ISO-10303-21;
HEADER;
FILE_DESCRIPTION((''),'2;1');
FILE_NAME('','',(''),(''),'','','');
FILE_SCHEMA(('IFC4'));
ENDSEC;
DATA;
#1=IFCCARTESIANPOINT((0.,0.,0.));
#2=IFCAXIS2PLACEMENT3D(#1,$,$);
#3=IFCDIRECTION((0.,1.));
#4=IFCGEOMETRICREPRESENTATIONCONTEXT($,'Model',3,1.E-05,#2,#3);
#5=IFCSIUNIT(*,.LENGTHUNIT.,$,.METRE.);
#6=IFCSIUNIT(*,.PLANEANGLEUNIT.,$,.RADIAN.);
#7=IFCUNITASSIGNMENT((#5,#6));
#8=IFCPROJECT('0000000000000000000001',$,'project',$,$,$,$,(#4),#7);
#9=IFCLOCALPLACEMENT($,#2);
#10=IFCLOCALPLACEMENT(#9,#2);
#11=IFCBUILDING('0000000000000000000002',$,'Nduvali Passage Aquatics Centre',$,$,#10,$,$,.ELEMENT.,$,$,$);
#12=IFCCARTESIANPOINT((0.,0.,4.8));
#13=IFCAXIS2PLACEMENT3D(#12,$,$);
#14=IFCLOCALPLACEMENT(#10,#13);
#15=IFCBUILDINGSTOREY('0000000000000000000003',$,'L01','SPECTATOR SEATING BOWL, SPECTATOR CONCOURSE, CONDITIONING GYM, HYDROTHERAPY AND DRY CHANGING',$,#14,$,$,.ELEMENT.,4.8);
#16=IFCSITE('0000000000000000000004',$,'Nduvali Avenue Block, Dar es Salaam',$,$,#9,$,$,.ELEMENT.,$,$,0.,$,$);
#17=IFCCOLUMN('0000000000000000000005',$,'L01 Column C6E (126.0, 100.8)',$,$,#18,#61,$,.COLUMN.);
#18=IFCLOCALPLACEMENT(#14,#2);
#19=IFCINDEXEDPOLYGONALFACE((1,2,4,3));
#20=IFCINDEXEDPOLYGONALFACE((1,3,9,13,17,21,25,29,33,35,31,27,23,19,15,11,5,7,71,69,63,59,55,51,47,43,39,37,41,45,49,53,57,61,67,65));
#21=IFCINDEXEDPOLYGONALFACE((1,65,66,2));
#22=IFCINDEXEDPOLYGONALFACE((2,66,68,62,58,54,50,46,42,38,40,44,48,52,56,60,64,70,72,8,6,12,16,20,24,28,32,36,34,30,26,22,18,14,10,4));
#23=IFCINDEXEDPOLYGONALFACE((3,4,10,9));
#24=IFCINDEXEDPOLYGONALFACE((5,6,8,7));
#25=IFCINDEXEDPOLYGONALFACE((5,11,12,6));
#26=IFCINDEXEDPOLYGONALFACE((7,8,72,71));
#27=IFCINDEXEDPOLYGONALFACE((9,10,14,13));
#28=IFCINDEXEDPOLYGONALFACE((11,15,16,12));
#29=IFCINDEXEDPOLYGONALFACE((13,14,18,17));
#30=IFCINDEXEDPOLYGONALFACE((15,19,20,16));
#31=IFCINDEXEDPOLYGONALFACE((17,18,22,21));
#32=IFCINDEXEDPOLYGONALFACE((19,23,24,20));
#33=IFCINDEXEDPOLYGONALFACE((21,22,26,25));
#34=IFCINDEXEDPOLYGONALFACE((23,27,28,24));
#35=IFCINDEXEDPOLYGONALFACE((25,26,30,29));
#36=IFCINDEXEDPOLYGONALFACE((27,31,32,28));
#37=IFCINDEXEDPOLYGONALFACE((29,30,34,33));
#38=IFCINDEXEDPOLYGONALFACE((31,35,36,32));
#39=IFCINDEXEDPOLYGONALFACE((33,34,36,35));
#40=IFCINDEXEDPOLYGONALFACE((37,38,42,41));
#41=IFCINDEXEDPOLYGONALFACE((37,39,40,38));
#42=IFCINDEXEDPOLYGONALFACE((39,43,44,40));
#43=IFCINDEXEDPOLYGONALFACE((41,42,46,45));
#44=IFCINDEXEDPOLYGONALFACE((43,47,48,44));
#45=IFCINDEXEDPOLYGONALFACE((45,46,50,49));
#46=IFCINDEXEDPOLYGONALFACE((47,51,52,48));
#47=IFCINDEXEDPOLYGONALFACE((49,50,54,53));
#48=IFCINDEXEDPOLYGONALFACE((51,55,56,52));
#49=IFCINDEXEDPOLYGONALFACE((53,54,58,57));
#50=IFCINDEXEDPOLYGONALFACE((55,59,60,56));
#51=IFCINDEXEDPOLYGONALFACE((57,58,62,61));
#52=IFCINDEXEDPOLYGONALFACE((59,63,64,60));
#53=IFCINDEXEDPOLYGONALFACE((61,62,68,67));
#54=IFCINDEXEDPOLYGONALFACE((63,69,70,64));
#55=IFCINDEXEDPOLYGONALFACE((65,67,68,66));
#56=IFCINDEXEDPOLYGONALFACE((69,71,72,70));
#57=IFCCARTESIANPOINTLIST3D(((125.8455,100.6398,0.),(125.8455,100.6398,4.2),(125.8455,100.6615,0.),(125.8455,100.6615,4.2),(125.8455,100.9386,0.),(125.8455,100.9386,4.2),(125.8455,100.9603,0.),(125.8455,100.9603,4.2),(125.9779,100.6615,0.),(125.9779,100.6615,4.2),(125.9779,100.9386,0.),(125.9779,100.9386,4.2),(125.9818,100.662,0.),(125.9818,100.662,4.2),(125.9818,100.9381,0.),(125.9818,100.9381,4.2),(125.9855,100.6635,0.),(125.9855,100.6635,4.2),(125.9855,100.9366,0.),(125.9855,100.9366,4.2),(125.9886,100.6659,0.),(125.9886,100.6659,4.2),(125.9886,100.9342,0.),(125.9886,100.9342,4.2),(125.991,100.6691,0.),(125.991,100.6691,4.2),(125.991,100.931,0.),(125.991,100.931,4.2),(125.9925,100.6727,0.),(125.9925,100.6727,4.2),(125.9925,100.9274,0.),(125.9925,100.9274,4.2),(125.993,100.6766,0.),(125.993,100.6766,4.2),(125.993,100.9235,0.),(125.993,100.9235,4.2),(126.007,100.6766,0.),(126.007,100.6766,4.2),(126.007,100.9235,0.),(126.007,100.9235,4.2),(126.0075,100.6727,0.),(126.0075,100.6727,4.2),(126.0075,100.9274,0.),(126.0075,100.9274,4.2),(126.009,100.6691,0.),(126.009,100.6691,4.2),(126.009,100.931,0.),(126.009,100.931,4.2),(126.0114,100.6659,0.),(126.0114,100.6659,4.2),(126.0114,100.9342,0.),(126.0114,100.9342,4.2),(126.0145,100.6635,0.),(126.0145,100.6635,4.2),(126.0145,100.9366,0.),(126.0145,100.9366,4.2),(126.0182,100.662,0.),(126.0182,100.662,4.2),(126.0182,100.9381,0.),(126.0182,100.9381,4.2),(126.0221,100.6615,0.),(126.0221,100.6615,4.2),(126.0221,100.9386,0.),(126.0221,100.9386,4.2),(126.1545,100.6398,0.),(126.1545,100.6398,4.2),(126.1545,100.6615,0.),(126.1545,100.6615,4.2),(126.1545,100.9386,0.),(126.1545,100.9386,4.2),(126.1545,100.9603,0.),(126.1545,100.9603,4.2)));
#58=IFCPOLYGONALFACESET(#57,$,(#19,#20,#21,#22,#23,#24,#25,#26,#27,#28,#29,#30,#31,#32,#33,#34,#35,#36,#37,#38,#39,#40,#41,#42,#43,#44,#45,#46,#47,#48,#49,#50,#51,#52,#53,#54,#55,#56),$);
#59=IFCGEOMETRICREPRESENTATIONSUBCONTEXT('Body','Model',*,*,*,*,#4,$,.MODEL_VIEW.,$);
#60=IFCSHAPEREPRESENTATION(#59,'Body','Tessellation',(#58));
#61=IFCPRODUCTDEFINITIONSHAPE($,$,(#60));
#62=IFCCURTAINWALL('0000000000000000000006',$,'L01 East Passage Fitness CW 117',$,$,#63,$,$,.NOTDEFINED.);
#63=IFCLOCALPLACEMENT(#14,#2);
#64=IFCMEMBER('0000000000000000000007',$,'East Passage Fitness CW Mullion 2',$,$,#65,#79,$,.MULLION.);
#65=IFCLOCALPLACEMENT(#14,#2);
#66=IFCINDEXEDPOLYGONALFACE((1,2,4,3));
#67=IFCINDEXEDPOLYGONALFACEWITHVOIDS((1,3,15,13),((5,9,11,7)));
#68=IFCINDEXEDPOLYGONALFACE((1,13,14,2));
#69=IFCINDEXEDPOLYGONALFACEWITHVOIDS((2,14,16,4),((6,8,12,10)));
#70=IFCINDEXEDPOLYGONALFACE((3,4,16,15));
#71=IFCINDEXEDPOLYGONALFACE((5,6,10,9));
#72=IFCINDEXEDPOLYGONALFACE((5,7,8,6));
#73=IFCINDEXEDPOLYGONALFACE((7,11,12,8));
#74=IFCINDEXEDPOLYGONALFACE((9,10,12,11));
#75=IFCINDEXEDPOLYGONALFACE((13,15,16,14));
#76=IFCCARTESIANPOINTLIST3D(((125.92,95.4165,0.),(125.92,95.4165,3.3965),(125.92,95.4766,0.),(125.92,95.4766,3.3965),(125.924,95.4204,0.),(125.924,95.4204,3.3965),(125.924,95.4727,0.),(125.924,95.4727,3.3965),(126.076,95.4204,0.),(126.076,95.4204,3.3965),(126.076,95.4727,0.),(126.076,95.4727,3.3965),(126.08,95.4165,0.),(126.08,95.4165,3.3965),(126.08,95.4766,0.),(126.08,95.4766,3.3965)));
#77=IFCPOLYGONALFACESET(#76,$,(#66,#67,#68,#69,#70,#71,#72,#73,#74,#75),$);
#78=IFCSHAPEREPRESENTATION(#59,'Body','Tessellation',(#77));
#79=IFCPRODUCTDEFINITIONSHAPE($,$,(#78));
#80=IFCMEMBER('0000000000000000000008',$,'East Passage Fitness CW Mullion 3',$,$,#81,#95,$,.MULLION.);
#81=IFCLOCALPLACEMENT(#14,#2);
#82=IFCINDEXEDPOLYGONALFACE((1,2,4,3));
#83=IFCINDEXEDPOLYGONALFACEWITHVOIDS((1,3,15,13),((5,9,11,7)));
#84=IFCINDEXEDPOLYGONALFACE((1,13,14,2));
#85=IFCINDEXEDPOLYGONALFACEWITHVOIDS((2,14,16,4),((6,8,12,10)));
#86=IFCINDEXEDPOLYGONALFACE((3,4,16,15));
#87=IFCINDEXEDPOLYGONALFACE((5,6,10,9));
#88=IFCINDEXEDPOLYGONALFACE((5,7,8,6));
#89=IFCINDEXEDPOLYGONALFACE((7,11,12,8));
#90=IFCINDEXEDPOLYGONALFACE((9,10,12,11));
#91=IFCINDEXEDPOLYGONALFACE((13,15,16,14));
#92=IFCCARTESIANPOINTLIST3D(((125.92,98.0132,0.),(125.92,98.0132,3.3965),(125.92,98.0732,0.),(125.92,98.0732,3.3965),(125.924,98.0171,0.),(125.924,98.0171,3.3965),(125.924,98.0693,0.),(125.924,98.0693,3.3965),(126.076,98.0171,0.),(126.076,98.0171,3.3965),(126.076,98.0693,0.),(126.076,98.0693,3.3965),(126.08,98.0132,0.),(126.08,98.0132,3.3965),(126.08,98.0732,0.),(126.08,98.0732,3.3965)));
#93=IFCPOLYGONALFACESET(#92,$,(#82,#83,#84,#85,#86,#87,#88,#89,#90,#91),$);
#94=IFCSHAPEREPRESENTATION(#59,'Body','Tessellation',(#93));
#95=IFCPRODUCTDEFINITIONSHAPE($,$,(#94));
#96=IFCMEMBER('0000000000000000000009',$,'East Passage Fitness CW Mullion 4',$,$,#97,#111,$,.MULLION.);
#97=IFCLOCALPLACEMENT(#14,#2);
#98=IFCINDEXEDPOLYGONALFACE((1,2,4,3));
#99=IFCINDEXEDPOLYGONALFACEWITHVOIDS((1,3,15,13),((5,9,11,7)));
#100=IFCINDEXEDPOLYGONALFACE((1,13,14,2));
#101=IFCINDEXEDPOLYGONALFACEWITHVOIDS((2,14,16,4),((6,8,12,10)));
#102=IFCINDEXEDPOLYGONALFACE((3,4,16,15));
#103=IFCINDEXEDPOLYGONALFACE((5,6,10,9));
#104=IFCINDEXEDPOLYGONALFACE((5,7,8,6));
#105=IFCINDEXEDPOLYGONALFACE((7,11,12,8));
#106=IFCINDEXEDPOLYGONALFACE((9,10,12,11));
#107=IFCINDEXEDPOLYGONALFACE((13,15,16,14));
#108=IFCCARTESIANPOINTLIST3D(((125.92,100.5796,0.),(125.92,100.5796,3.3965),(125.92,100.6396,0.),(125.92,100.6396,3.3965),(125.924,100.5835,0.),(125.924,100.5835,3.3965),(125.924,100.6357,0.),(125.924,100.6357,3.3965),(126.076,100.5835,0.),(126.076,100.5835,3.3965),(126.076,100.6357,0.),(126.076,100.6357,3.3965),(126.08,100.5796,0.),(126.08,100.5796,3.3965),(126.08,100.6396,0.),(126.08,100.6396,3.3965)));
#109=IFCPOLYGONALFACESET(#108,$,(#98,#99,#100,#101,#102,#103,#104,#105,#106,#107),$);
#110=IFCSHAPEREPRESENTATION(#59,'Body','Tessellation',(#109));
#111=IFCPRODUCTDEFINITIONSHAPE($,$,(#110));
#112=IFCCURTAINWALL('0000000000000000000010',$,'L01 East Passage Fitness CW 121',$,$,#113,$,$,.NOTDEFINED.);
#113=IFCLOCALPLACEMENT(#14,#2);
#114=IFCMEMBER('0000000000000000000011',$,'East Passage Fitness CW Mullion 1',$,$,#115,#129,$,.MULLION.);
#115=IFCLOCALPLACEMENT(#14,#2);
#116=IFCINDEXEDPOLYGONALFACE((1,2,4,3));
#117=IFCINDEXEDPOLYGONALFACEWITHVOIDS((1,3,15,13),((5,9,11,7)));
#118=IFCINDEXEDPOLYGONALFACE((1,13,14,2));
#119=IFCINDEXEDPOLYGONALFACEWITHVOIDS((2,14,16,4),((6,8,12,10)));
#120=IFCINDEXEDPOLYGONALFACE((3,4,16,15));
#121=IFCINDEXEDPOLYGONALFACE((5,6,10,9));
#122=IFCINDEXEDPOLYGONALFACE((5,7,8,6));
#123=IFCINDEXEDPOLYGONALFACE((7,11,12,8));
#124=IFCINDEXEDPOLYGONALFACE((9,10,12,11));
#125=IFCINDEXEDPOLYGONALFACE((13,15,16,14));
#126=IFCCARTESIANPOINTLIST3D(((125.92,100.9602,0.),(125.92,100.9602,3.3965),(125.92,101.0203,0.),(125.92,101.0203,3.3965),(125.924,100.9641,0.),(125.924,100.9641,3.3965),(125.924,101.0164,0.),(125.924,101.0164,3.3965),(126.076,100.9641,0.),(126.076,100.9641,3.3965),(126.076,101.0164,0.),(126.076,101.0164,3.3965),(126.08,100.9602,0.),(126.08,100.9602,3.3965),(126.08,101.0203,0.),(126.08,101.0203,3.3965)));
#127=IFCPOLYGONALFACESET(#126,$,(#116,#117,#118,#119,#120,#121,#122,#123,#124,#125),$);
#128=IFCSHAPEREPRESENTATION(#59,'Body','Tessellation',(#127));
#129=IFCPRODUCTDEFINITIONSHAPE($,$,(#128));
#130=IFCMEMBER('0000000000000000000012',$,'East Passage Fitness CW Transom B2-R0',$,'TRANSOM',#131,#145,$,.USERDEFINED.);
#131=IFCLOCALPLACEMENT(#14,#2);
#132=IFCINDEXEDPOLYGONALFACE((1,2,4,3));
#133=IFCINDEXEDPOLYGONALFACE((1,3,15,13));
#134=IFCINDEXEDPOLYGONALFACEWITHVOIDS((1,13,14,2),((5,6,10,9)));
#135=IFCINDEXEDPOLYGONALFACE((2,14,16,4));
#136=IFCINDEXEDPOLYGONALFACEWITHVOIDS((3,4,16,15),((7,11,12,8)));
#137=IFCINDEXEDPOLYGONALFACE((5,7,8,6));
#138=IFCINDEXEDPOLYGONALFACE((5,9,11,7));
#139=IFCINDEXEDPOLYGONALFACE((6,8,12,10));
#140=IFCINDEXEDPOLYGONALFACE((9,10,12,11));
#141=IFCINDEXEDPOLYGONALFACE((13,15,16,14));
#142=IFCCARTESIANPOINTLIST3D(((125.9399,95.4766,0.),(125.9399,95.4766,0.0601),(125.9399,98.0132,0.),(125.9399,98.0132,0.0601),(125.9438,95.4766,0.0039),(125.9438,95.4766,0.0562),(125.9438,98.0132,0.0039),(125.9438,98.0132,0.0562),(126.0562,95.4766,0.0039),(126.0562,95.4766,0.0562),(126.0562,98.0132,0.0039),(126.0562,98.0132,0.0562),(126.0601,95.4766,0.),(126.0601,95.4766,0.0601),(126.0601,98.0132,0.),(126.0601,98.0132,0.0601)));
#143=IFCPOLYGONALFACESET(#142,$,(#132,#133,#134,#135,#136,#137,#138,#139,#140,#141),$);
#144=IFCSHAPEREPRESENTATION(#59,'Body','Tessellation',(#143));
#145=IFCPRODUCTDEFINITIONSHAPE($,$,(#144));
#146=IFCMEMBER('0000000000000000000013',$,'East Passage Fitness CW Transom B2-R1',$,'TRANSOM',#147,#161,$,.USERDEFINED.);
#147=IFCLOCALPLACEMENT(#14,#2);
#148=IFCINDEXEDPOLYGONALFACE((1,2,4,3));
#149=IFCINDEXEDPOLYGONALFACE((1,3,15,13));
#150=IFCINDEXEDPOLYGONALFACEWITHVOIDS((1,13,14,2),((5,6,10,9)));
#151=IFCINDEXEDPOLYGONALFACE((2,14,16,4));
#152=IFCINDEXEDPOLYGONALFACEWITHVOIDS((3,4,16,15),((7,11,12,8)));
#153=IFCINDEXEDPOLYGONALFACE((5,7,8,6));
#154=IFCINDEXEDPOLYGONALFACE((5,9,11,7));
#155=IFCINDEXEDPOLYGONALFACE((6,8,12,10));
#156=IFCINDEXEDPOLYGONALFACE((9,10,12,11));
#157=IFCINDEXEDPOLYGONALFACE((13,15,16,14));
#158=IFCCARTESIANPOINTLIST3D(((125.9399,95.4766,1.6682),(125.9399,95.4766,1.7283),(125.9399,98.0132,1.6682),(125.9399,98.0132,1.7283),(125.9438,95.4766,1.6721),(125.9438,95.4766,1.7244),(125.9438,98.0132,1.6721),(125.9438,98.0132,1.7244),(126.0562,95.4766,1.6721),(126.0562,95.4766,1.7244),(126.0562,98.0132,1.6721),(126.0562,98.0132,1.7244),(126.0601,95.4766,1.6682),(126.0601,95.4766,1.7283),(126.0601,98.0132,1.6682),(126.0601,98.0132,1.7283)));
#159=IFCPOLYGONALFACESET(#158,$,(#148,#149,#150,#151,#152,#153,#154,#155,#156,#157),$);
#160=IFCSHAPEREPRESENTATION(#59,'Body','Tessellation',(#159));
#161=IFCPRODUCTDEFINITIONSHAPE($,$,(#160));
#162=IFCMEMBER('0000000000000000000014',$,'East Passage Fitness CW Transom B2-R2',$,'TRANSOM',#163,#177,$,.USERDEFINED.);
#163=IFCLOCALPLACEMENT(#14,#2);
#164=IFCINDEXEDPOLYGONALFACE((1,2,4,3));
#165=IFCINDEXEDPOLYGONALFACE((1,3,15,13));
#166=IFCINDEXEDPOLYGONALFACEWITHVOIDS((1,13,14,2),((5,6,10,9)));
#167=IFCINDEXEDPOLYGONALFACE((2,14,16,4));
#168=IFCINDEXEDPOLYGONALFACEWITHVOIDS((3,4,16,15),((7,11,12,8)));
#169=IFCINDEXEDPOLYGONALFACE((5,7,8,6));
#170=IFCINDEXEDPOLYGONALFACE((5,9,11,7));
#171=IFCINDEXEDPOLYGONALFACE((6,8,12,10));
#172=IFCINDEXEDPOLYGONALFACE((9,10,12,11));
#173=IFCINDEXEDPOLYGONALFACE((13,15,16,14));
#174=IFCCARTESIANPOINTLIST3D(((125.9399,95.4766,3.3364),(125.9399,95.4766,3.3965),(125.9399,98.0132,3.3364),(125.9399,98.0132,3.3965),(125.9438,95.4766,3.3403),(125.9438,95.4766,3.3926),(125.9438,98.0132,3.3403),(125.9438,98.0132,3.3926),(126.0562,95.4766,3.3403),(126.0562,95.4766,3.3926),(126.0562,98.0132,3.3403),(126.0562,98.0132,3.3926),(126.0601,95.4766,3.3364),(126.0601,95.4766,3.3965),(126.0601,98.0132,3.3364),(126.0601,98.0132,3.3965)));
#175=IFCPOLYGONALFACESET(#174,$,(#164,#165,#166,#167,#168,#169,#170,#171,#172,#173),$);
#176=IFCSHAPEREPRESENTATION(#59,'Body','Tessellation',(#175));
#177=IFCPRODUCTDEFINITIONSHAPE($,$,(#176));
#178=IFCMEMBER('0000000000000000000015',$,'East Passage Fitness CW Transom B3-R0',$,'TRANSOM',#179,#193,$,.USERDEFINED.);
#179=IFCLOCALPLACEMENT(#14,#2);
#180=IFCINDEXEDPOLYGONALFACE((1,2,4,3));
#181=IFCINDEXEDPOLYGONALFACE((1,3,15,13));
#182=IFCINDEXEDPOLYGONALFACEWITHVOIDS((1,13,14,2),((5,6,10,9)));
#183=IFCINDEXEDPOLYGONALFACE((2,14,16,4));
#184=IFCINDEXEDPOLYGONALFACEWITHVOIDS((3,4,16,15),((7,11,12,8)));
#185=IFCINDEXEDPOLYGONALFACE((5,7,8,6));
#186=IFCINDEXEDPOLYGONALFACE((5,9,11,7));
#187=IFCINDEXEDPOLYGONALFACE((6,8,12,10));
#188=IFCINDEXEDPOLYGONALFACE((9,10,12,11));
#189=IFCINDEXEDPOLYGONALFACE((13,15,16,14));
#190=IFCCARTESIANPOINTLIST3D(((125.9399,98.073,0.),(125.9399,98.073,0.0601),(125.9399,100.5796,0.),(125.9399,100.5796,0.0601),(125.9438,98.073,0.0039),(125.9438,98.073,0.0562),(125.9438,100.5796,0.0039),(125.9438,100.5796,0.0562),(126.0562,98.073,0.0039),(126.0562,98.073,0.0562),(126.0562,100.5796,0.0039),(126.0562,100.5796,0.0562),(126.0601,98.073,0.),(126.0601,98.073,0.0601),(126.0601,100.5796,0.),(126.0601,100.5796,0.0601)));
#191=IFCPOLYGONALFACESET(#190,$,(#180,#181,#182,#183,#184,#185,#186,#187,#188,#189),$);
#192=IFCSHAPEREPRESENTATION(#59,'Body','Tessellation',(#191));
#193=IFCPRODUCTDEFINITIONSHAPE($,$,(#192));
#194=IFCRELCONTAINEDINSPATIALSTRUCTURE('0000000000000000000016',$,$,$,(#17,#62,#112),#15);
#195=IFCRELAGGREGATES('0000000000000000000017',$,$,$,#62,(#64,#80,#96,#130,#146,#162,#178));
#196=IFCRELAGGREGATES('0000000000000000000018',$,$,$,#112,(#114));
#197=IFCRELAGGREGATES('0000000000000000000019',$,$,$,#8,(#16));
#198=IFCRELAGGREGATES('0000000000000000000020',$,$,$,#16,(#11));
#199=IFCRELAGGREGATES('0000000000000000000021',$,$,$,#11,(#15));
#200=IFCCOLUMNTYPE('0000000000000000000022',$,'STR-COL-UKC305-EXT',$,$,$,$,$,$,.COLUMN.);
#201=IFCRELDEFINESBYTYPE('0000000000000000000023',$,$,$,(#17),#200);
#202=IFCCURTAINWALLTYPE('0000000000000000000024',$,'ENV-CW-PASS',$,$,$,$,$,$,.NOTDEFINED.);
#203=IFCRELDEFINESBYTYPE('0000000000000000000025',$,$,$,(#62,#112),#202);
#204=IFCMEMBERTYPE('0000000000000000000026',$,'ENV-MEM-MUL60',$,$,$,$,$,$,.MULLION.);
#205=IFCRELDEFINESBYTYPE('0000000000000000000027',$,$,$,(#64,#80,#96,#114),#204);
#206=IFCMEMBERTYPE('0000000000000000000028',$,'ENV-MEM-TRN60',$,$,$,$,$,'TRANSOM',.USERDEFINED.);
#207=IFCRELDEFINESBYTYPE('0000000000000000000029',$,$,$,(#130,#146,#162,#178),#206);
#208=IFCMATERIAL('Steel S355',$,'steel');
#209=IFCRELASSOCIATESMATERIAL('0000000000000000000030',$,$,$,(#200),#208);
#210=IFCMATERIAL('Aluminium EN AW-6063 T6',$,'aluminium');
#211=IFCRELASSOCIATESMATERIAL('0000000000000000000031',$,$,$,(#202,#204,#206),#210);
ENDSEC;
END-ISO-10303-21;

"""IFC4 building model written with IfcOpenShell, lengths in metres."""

from ifc_helpers import new_model, si_unit, direction, frame, origin, origin_2d, place, context, subcontext, project, spatial, hollow_rectangle, i_section, extrude, material, material_profile, profile_set, type_object, element, aggregate, save


model = new_model("IFC4")

# Units and contexts
model_context = context("Model", 3, precision=1e-05, world=origin(), true_north=direction((0.0, 1.0)))
body_context = subcontext(model_context, "Body", "Model", "MODEL_VIEW")
ifc_project = project(units=[si_unit("LENGTHUNIT", "METRE"), si_unit("PLANEANGLEUNIT", "RADIAN")], contexts=[model_context])

# Site, building, storey
site_placement = place(None, origin())
site = spatial("IfcSite", under=ifc_project, at=site_placement, Name="Nduvali Avenue Block, Dar es Salaam", CompositionType="ELEMENT", RefElevation=0.0)
building_placement = place(site_placement, origin())
building = spatial("IfcBuilding", under=site, at=building_placement, Name="Nduvali Passage Aquatics Centre", CompositionType="ELEMENT")
storey_placement = place(building_placement, frame((0.0, 0.0, 4.8)))
storey = spatial("IfcBuildingStorey", under=building, at=storey_placement, Name="L01", Description="SPECTATOR SEATING BOWL, SPECTATOR CONCOURSE, CONDITIONING GYM, HYDROTHERAPY AND DRY CHANGING", CompositionType="ELEMENT", Elevation=4.8)

# Column
ifc_material_1 = material(Name="Steel S355", Category="steel")
ifc_material_profile_1 = material_profile(ifc_material_1, i_section(OverallWidth=0.3091, OverallDepth=0.3206, WebThickness=0.0139, FlangeThickness=0.0217, FilletRadius=0.0151, at=origin_2d()), Name="UKC 305x305x137")
ifc_profile_set_1 = profile_set([ifc_material_profile_1], Name="Steel S355")
column_type = type_object("IfcColumnType", Name="STR-COL-UKC305-EXT", PredefinedType="COLUMN", material=ifc_profile_set_1)
column_placement = place(storey_placement, frame((126.0, 100.8, 0.0), z_axis=(0.0, 0.0, 1.0), x_axis=(1.0, 0.0, 0.0)))
element("IfcColumn", 1, at=column_placement, inside=storey, type_object=column_type, Name="L01 Column C6E (126.0, 100.8)", PredefinedType="COLUMN", context=body_context, shape_type="SweptSolid", body=[
    extrude(i_section(OverallWidth=0.3091, OverallDepth=0.3206, WebThickness=0.0139, FlangeThickness=0.0217, FilletRadius=0.0151, at=origin_2d()), origin(), (0.0, 0.0, 1.0), 4.2),
])

# Curtain wall, members
ifc_material_2 = material(Name="Aluminium EN AW-6063 T6", Category="aluminium")
curtain_wall_type = type_object("IfcCurtainWallType", Name="ENV-CW-PASS", PredefinedType="NOTDEFINED", material=ifc_material_2)
curtain_wall_1_placement = place(storey_placement, origin())
curtain_wall_1 = element("IfcCurtainWall", 2, at=curtain_wall_1_placement, inside=storey, type_object=curtain_wall_type, Name="L01 East Passage Fitness CW 117", PredefinedType="NOTDEFINED")
ifc_material_profile_2 = material_profile(ifc_material_2, hollow_rectangle(XDim=0.0601, YDim=0.1599, WallThickness=0.0039, at=origin_2d()), Name="ALU MULLION 60x160x4")
ifc_profile_set_2 = profile_set([ifc_material_profile_2], Name="Aluminium EN AW-6063 T6")
member_type_1 = type_object("IfcMemberType", Name="ENV-MEM-MUL60", PredefinedType="MULLION", material=ifc_profile_set_2)
member_1_placement = place(storey_placement, frame((126.0, 95.4465, 0.0), z_axis=(0.0, 0.0, 1.0), x_axis=(0.0, 1.0, 0.0)))
member_1 = element("IfcMember", 3, at=member_1_placement, type_object=member_type_1, Name="East Passage Fitness CW Mullion 2", PredefinedType="MULLION", context=body_context, shape_type="SweptSolid", body=[
    extrude(hollow_rectangle(XDim=0.0601, YDim=0.1599, WallThickness=0.0039, at=origin_2d()), origin(), (0.0, 0.0, 1.0), 3.3965),
])
member_2_placement = place(storey_placement, frame((126.0, 98.0432, 0.0), z_axis=(0.0, 0.0, 1.0), x_axis=(0.0, 1.0, 0.0)))
member_2 = element("IfcMember", 4, at=member_2_placement, type_object=member_type_1, Name="East Passage Fitness CW Mullion 3", PredefinedType="MULLION", context=body_context, shape_type="SweptSolid", body=[
    extrude(hollow_rectangle(XDim=0.0601, YDim=0.1599, WallThickness=0.0039, at=origin_2d()), origin(), (0.0, 0.0, 1.0), 3.3965),
])
member_3_placement = place(storey_placement, frame((126.0, 100.6096, 0.0), z_axis=(0.0, 0.0, 1.0), x_axis=(0.0, 1.0, 0.0)))
member_3 = element("IfcMember", 5, at=member_3_placement, type_object=member_type_1, Name="East Passage Fitness CW Mullion 4", PredefinedType="MULLION", context=body_context, shape_type="SweptSolid", body=[
    extrude(hollow_rectangle(XDim=0.0601, YDim=0.1599, WallThickness=0.0039, at=origin_2d()), origin(), (0.0, 0.0, 1.0), 3.3965),
])

# Curtain wall, member
curtain_wall_2_placement = place(storey_placement, origin())
curtain_wall_2 = element("IfcCurtainWall", 6, at=curtain_wall_2_placement, inside=storey, type_object=curtain_wall_type, Name="L01 East Passage Fitness CW 121", PredefinedType="NOTDEFINED")
member_4_placement = place(storey_placement, frame((126.0, 100.9902, 0.0), z_axis=(0.0, 0.0, 1.0), x_axis=(0.0, 1.0, 0.0)))
member_4 = element("IfcMember", 7, at=member_4_placement, type_object=member_type_1, Name="East Passage Fitness CW Mullion 1", PredefinedType="MULLION", context=body_context, shape_type="SweptSolid", body=[
    extrude(hollow_rectangle(XDim=0.0601, YDim=0.1599, WallThickness=0.0039, at=origin_2d()), origin(), (0.0, 0.0, 1.0), 3.3965),
])

# Members
ifc_material_profile_3 = material_profile(ifc_material_2, hollow_rectangle(XDim=0.1201, YDim=0.0601, WallThickness=0.0039, at=origin_2d()), Name="ALU TRANSOM 120x60x4")
ifc_profile_set_3 = profile_set([ifc_material_profile_3], Name="Aluminium EN AW-6063 T6")
member_type_2 = type_object("IfcMemberType", Name="ENV-MEM-TRN60", ElementType="TRANSOM", PredefinedType="USERDEFINED", material=ifc_profile_set_3)
member_5_placement = place(storey_placement, frame((126.0, 95.4766, 0.03), z_axis=(0.0, 1.0, 0.0), x_axis=(-1.0, 0.0, 0.0)))
member_5 = element("IfcMember", 8, at=member_5_placement, type_object=member_type_2, Name="East Passage Fitness CW Transom B2-R0", ObjectType="TRANSOM", PredefinedType="USERDEFINED", context=body_context, shape_type="SweptSolid", body=[
    extrude(hollow_rectangle(XDim=0.1201, YDim=0.0601, WallThickness=0.0039, at=origin_2d()), origin(), (0.0, 0.0, 1.0), 2.5366),
])
member_6_placement = place(storey_placement, frame((126.0, 95.4766, 1.6982), z_axis=(0.0, 1.0, 0.0), x_axis=(-1.0, 0.0, 0.0)))
member_6 = element("IfcMember", 9, at=member_6_placement, type_object=member_type_2, Name="East Passage Fitness CW Transom B2-R1", ObjectType="TRANSOM", PredefinedType="USERDEFINED", context=body_context, shape_type="SweptSolid", body=[
    extrude(hollow_rectangle(XDim=0.1201, YDim=0.0601, WallThickness=0.0039, at=origin_2d()), origin(), (0.0, 0.0, 1.0), 2.5366),
])
member_7_placement = place(storey_placement, frame((126.0, 95.4766, 3.3665), z_axis=(0.0, 1.0, 0.0), x_axis=(-1.0, 0.0, 0.0)))
member_7 = element("IfcMember", 10, at=member_7_placement, type_object=member_type_2, Name="East Passage Fitness CW Transom B2-R2", ObjectType="TRANSOM", PredefinedType="USERDEFINED", context=body_context, shape_type="SweptSolid", body=[
    extrude(hollow_rectangle(XDim=0.1201, YDim=0.0601, WallThickness=0.0039, at=origin_2d()), origin(), (0.0, 0.0, 1.0), 2.5366),
])
member_8_placement = place(storey_placement, frame((126.0, 98.073, 0.03), z_axis=(0.0, 1.0, 0.0), x_axis=(-1.0, 0.0, 0.0)))
member_8 = element("IfcMember", 11, at=member_8_placement, type_object=member_type_2, Name="East Passage Fitness CW Transom B3-R0", ObjectType="TRANSOM", PredefinedType="USERDEFINED", context=body_context, shape_type="SweptSolid", body=[
    extrude(hollow_rectangle(XDim=0.1201, YDim=0.0601, WallThickness=0.0039, at=origin_2d()), origin(), (0.0, 0.0, 1.0), 2.5066),
])

aggregate(curtain_wall_1, [member_1, member_2, member_3, member_5, member_6, member_7, member_8])
aggregate(curtain_wall_2, [member_4])

save(model, "model.ifc")
